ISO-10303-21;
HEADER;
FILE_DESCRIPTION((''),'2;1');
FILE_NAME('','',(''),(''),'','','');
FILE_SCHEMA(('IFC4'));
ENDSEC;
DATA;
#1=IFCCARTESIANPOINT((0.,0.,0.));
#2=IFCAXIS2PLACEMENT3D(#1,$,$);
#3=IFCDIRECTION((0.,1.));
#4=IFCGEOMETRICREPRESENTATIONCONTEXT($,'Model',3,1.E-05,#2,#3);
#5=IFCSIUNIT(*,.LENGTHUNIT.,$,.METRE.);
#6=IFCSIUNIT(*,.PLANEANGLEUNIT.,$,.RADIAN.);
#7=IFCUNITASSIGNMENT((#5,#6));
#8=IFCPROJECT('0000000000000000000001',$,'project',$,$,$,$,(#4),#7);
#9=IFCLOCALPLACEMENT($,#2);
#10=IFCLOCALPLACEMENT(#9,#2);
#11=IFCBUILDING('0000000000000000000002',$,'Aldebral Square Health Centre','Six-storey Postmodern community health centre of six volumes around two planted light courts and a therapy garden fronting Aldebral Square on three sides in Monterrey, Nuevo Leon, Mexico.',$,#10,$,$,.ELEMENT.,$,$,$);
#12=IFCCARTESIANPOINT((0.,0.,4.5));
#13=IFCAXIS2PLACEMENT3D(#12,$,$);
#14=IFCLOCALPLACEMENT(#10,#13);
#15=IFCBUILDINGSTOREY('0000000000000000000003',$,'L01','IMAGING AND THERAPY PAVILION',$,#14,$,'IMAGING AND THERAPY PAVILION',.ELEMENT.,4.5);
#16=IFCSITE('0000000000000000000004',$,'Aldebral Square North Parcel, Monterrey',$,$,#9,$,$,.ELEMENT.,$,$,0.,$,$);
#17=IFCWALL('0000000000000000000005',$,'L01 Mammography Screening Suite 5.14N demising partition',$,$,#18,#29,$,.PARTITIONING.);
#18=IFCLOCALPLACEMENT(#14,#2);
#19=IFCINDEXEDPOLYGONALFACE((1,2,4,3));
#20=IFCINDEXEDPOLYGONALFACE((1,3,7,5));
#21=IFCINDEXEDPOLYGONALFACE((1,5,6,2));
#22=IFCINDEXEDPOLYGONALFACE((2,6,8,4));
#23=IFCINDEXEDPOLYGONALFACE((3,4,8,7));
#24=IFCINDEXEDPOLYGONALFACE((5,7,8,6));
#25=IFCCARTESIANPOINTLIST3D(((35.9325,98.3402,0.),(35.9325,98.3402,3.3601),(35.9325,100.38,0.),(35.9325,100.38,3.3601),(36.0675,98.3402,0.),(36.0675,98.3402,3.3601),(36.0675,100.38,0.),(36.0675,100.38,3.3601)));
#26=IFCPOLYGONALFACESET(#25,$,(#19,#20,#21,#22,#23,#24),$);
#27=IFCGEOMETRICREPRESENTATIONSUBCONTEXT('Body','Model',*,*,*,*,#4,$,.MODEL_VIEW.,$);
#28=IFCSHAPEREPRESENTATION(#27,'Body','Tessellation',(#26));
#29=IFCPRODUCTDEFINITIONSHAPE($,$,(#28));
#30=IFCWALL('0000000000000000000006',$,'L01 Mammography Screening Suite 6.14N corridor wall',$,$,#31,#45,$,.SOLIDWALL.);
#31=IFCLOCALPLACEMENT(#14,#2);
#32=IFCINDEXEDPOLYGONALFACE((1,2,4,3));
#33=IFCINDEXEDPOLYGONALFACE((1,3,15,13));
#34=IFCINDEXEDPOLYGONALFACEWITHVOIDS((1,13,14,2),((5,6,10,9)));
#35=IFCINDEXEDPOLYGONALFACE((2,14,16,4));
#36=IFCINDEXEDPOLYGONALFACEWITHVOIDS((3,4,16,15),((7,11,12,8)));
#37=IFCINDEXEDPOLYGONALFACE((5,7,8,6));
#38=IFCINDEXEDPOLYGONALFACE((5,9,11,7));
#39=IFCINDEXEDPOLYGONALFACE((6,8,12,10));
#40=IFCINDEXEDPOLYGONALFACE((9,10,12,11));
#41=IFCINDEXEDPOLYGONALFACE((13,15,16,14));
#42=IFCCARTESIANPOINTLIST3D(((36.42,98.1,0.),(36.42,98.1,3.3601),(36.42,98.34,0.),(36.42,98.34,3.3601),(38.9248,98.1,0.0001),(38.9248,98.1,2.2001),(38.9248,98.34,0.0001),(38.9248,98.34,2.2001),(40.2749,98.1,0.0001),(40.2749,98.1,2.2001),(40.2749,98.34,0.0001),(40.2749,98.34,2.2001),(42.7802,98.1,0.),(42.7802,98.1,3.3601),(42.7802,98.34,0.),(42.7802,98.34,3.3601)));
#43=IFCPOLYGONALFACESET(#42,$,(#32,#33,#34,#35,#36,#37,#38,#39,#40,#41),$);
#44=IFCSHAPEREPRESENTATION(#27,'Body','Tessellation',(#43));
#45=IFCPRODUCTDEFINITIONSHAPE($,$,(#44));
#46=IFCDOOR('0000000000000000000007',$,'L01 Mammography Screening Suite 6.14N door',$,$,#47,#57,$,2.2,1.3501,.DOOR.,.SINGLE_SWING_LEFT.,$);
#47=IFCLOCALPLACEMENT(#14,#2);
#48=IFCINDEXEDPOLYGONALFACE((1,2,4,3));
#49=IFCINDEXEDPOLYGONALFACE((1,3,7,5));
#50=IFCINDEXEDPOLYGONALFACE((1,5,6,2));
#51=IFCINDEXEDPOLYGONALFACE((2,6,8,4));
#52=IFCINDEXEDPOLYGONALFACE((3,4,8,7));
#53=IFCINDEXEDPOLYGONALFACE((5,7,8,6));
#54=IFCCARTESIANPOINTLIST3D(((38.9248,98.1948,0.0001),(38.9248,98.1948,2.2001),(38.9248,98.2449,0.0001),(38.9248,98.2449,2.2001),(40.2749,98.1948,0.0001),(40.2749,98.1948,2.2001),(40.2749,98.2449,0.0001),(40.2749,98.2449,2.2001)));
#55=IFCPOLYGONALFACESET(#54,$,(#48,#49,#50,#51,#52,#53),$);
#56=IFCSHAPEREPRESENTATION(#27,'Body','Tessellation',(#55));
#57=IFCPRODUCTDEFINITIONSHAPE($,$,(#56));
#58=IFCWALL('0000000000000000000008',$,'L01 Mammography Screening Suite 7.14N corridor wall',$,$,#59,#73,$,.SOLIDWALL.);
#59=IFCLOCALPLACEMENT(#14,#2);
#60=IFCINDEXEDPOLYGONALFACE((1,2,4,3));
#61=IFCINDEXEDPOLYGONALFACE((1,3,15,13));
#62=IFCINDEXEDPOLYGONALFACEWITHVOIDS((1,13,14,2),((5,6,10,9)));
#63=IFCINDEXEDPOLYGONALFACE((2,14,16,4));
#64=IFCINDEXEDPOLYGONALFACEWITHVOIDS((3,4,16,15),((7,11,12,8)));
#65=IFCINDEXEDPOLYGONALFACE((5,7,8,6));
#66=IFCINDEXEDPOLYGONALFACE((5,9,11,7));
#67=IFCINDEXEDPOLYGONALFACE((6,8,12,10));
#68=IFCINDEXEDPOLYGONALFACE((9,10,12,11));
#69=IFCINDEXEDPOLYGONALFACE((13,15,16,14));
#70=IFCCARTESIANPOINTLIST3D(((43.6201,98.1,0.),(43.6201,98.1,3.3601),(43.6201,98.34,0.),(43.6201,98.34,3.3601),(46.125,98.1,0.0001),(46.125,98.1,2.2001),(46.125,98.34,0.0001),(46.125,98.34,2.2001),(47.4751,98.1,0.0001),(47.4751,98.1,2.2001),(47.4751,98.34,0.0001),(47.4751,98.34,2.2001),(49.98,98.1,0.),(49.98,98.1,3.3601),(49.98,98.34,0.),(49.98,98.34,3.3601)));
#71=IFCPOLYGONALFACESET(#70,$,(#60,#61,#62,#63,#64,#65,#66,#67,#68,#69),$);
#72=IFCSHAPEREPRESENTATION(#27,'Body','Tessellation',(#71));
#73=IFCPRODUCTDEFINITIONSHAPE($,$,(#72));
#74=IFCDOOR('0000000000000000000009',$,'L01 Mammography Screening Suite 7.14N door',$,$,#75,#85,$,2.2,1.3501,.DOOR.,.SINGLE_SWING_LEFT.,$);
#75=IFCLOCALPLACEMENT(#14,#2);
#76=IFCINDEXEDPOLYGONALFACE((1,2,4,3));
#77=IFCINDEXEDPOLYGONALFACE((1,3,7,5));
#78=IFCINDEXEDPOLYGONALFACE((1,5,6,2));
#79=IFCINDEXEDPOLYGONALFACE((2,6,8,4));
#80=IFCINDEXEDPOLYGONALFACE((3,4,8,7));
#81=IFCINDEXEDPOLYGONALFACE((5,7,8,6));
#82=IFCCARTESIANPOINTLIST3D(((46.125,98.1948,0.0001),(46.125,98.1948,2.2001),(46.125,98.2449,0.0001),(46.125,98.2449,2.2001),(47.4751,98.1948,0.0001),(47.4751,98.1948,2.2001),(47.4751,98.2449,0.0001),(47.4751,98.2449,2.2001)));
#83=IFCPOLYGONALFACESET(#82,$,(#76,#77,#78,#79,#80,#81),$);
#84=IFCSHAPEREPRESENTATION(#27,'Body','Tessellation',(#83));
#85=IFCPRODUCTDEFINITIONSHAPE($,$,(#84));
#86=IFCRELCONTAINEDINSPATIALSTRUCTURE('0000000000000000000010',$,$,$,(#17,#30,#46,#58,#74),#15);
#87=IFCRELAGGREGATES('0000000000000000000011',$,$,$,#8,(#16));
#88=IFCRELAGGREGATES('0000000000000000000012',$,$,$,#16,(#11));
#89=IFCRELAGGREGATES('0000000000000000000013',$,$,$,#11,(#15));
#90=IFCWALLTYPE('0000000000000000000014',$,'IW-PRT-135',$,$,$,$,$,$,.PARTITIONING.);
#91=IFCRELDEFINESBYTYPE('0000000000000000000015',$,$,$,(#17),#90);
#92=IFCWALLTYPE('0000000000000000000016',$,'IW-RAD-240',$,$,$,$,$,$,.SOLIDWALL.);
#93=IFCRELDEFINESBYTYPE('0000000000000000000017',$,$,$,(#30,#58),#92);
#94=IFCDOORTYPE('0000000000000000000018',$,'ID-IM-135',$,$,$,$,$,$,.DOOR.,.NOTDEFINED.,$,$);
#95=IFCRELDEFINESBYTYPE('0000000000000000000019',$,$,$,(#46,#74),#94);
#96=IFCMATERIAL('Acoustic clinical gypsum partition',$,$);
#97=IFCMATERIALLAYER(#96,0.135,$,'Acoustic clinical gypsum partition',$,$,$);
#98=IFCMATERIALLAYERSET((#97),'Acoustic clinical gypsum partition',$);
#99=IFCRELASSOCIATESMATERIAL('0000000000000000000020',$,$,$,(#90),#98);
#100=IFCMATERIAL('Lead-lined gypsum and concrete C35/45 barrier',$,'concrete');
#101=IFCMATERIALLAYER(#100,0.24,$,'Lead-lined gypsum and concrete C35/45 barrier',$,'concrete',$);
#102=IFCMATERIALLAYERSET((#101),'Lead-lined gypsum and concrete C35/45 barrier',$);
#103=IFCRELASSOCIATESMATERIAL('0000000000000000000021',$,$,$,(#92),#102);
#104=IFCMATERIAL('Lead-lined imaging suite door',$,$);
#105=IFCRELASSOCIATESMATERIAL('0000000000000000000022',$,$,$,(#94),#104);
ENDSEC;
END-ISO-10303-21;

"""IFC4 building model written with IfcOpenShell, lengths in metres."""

from ifc_helpers import new_model, si_unit, direction, frame, frame_2d, origin, place, context, subcontext, project, spatial, rectangle, extrude, material, layer, layer_set, type_object, element, fill, save


model = new_model("IFC4")

# Units and contexts
model_context = context("Model", 3, precision=1e-05, world=origin(), true_north=direction((0.0, 1.0)))
body_context = subcontext(model_context, "Body", "Model", "MODEL_VIEW")
ifc_project = project(units=[si_unit("LENGTHUNIT", "METRE"), si_unit("PLANEANGLEUNIT", "RADIAN")], contexts=[model_context])

# Site, building, storey
site_placement = place(None, origin())
site = spatial("IfcSite", under=ifc_project, at=site_placement, Name="Aldebral Square North Parcel, Monterrey", CompositionType="ELEMENT", RefElevation=0.0)
building_placement = place(site_placement, origin())
building = spatial("IfcBuilding", under=site, at=building_placement, Name="Aldebral Square Health Centre", Description="Six-storey Postmodern community health centre of six volumes around two planted light courts and a therapy garden fronting Aldebral Square on three sides in Monterrey, Nuevo Leon, Mexico.", CompositionType="ELEMENT")
storey_placement = place(building_placement, frame((0.0, 0.0, 4.5)))
storey = spatial("IfcBuildingStorey", under=building, at=storey_placement, Name="L01", Description="IMAGING AND THERAPY PAVILION", LongName="IMAGING AND THERAPY PAVILION", CompositionType="ELEMENT", Elevation=4.5)

# Wall
ifc_material_1 = material(Name="Acoustic clinical gypsum partition")
ifc_layer_1 = layer(ifc_material_1, 0.135, Name="Acoustic clinical gypsum partition")
ifc_layer_set_1 = layer_set([ifc_layer_1], Name="Acoustic clinical gypsum partition")
wall_type_1 = type_object("IfcWallType", Name="IW-PRT-135", PredefinedType="PARTITIONING", material=ifc_layer_set_1)
wall_1_placement = place(storey_placement, frame((36.0, 98.3401, 0.0), z_axis=(0.0, 0.0, 1.0), x_axis=(0.0, 1.0, 0.0)))
element("IfcWall", 1, at=wall_1_placement, inside=storey, type_object=wall_type_1, Name="L01 Mammography Screening Suite 5.14N demising partition", PredefinedType="PARTITIONING", context=body_context, shape_type="SweptSolid", body=[
    extrude(rectangle(XDim=2.0398, YDim=0.135, at=frame_2d((1.02, 0.0))), origin(), (0.0, 0.0, 1.0), 3.3601),
])

# Walls, openings, doors
ifc_material_2 = material(Name="Lead-lined gypsum and concrete C35/45 barrier", Category="concrete")
ifc_layer_2 = layer(ifc_material_2, 0.24, Name="Lead-lined gypsum and concrete C35/45 barrier", Category="concrete")
ifc_layer_set_2 = layer_set([ifc_layer_2], Name="Lead-lined gypsum and concrete C35/45 barrier")
wall_type_2 = type_object("IfcWallType", Name="IW-RAD-240", PredefinedType="SOLIDWALL", material=ifc_layer_set_2)
wall_2_placement = place(storey_placement, frame((36.4199, 98.22, 0.0), z_axis=(0.0, 0.0, 1.0), x_axis=(1.0, 0.0, 0.0)))
wall_2 = element("IfcWall", 2, at=wall_2_placement, inside=storey, type_object=wall_type_2, Name="L01 Mammography Screening Suite 6.14N corridor wall", PredefinedType="SOLIDWALL", context=body_context, shape_type="SweptSolid", body=[
    extrude(rectangle(XDim=6.3601, YDim=0.24, at=frame_2d((3.1802, 0.0))), origin(), (0.0, 0.0, 1.0), 3.3601),
])
opening_1_placement = place(wall_2_placement, frame((2.5049, 0.0, 0.0)))
opening_1 = element("IfcOpeningElement", 3, at=opening_1_placement, cuts=wall_2, PredefinedType="OPENING", context=body_context, shape_type="SweptSolid", body=[
    extrude(rectangle(XDim=1.3501, YDim=2.2, at=frame_2d((0.675, 1.1001))), frame((0.0, 0.1299, 0.0), z_axis=(0.0, -1.0, 0.0), x_axis=(1.0, 0.0, 0.0)), (0.0, 0.0, 1.0), 0.26),
])
ifc_material_3 = material(Name="Lead-lined imaging suite door")
door_type_1 = type_object("IfcDoorType", Name="ID-IM-135", OperationType="NOTDEFINED", PredefinedType="DOOR", material=ifc_material_3)
door_1_placement = place(opening_1_placement, origin())
door_1 = element("IfcDoor", 4, at=door_1_placement, inside=storey, type_object=door_type_1, Name="L01 Mammography Screening Suite 6.14N door", OperationType="SINGLE_SWING_LEFT", OverallHeight=2.2, OverallWidth=1.3501, PredefinedType="DOOR", context=body_context, shape_type="SweptSolid", body=[
    extrude(rectangle(XDim=1.3501, YDim=2.2, at=frame_2d((0.675, 1.1001))), frame((0.0, 0.0249, 0.0), z_axis=(0.0, -1.0, 0.0), x_axis=(1.0, 0.0, 0.0)), (0.0, 0.0, 1.0), 0.05),
])
fill(opening_1, door_1)
wall_3_placement = place(storey_placement, frame((43.6201, 98.22, 0.0), z_axis=(0.0, 0.0, 1.0), x_axis=(1.0, 0.0, 0.0)))
wall_3 = element("IfcWall", 5, at=wall_3_placement, inside=storey, type_object=wall_type_2, Name="L01 Mammography Screening Suite 7.14N corridor wall", PredefinedType="SOLIDWALL", context=body_context, shape_type="SweptSolid", body=[
    extrude(rectangle(XDim=6.3599, YDim=0.24, at=frame_2d((3.1799, 0.0))), origin(), (0.0, 0.0, 1.0), 3.3601),
])
opening_2_placement = place(wall_3_placement, frame((2.5049, 0.0, 0.0)))
opening_2 = element("IfcOpeningElement", 6, at=opening_2_placement, cuts=wall_3, PredefinedType="OPENING", context=body_context, shape_type="SweptSolid", body=[
    extrude(rectangle(XDim=1.3501, YDim=2.2, at=frame_2d((0.675, 1.1001))), frame((0.0, 0.1299, 0.0), z_axis=(0.0, -1.0, 0.0), x_axis=(1.0, 0.0, 0.0)), (0.0, 0.0, 1.0), 0.26),
])
door_2_placement = place(opening_2_placement, origin())
door_2 = element("IfcDoor", 7, at=door_2_placement, inside=storey, type_object=door_type_1, Name="L01 Mammography Screening Suite 7.14N door", OperationType="SINGLE_SWING_LEFT", OverallHeight=2.2, OverallWidth=1.3501, PredefinedType="DOOR", context=body_context, shape_type="SweptSolid", body=[
    extrude(rectangle(XDim=1.3501, YDim=2.2, at=frame_2d((0.675, 1.1001))), frame((0.0, 0.0249, 0.0), z_axis=(0.0, -1.0, 0.0), x_axis=(1.0, 0.0, 0.0)), (0.0, 0.0, 1.0), 0.05),
])
fill(opening_2, door_2)

save(model, "model.ifc")
